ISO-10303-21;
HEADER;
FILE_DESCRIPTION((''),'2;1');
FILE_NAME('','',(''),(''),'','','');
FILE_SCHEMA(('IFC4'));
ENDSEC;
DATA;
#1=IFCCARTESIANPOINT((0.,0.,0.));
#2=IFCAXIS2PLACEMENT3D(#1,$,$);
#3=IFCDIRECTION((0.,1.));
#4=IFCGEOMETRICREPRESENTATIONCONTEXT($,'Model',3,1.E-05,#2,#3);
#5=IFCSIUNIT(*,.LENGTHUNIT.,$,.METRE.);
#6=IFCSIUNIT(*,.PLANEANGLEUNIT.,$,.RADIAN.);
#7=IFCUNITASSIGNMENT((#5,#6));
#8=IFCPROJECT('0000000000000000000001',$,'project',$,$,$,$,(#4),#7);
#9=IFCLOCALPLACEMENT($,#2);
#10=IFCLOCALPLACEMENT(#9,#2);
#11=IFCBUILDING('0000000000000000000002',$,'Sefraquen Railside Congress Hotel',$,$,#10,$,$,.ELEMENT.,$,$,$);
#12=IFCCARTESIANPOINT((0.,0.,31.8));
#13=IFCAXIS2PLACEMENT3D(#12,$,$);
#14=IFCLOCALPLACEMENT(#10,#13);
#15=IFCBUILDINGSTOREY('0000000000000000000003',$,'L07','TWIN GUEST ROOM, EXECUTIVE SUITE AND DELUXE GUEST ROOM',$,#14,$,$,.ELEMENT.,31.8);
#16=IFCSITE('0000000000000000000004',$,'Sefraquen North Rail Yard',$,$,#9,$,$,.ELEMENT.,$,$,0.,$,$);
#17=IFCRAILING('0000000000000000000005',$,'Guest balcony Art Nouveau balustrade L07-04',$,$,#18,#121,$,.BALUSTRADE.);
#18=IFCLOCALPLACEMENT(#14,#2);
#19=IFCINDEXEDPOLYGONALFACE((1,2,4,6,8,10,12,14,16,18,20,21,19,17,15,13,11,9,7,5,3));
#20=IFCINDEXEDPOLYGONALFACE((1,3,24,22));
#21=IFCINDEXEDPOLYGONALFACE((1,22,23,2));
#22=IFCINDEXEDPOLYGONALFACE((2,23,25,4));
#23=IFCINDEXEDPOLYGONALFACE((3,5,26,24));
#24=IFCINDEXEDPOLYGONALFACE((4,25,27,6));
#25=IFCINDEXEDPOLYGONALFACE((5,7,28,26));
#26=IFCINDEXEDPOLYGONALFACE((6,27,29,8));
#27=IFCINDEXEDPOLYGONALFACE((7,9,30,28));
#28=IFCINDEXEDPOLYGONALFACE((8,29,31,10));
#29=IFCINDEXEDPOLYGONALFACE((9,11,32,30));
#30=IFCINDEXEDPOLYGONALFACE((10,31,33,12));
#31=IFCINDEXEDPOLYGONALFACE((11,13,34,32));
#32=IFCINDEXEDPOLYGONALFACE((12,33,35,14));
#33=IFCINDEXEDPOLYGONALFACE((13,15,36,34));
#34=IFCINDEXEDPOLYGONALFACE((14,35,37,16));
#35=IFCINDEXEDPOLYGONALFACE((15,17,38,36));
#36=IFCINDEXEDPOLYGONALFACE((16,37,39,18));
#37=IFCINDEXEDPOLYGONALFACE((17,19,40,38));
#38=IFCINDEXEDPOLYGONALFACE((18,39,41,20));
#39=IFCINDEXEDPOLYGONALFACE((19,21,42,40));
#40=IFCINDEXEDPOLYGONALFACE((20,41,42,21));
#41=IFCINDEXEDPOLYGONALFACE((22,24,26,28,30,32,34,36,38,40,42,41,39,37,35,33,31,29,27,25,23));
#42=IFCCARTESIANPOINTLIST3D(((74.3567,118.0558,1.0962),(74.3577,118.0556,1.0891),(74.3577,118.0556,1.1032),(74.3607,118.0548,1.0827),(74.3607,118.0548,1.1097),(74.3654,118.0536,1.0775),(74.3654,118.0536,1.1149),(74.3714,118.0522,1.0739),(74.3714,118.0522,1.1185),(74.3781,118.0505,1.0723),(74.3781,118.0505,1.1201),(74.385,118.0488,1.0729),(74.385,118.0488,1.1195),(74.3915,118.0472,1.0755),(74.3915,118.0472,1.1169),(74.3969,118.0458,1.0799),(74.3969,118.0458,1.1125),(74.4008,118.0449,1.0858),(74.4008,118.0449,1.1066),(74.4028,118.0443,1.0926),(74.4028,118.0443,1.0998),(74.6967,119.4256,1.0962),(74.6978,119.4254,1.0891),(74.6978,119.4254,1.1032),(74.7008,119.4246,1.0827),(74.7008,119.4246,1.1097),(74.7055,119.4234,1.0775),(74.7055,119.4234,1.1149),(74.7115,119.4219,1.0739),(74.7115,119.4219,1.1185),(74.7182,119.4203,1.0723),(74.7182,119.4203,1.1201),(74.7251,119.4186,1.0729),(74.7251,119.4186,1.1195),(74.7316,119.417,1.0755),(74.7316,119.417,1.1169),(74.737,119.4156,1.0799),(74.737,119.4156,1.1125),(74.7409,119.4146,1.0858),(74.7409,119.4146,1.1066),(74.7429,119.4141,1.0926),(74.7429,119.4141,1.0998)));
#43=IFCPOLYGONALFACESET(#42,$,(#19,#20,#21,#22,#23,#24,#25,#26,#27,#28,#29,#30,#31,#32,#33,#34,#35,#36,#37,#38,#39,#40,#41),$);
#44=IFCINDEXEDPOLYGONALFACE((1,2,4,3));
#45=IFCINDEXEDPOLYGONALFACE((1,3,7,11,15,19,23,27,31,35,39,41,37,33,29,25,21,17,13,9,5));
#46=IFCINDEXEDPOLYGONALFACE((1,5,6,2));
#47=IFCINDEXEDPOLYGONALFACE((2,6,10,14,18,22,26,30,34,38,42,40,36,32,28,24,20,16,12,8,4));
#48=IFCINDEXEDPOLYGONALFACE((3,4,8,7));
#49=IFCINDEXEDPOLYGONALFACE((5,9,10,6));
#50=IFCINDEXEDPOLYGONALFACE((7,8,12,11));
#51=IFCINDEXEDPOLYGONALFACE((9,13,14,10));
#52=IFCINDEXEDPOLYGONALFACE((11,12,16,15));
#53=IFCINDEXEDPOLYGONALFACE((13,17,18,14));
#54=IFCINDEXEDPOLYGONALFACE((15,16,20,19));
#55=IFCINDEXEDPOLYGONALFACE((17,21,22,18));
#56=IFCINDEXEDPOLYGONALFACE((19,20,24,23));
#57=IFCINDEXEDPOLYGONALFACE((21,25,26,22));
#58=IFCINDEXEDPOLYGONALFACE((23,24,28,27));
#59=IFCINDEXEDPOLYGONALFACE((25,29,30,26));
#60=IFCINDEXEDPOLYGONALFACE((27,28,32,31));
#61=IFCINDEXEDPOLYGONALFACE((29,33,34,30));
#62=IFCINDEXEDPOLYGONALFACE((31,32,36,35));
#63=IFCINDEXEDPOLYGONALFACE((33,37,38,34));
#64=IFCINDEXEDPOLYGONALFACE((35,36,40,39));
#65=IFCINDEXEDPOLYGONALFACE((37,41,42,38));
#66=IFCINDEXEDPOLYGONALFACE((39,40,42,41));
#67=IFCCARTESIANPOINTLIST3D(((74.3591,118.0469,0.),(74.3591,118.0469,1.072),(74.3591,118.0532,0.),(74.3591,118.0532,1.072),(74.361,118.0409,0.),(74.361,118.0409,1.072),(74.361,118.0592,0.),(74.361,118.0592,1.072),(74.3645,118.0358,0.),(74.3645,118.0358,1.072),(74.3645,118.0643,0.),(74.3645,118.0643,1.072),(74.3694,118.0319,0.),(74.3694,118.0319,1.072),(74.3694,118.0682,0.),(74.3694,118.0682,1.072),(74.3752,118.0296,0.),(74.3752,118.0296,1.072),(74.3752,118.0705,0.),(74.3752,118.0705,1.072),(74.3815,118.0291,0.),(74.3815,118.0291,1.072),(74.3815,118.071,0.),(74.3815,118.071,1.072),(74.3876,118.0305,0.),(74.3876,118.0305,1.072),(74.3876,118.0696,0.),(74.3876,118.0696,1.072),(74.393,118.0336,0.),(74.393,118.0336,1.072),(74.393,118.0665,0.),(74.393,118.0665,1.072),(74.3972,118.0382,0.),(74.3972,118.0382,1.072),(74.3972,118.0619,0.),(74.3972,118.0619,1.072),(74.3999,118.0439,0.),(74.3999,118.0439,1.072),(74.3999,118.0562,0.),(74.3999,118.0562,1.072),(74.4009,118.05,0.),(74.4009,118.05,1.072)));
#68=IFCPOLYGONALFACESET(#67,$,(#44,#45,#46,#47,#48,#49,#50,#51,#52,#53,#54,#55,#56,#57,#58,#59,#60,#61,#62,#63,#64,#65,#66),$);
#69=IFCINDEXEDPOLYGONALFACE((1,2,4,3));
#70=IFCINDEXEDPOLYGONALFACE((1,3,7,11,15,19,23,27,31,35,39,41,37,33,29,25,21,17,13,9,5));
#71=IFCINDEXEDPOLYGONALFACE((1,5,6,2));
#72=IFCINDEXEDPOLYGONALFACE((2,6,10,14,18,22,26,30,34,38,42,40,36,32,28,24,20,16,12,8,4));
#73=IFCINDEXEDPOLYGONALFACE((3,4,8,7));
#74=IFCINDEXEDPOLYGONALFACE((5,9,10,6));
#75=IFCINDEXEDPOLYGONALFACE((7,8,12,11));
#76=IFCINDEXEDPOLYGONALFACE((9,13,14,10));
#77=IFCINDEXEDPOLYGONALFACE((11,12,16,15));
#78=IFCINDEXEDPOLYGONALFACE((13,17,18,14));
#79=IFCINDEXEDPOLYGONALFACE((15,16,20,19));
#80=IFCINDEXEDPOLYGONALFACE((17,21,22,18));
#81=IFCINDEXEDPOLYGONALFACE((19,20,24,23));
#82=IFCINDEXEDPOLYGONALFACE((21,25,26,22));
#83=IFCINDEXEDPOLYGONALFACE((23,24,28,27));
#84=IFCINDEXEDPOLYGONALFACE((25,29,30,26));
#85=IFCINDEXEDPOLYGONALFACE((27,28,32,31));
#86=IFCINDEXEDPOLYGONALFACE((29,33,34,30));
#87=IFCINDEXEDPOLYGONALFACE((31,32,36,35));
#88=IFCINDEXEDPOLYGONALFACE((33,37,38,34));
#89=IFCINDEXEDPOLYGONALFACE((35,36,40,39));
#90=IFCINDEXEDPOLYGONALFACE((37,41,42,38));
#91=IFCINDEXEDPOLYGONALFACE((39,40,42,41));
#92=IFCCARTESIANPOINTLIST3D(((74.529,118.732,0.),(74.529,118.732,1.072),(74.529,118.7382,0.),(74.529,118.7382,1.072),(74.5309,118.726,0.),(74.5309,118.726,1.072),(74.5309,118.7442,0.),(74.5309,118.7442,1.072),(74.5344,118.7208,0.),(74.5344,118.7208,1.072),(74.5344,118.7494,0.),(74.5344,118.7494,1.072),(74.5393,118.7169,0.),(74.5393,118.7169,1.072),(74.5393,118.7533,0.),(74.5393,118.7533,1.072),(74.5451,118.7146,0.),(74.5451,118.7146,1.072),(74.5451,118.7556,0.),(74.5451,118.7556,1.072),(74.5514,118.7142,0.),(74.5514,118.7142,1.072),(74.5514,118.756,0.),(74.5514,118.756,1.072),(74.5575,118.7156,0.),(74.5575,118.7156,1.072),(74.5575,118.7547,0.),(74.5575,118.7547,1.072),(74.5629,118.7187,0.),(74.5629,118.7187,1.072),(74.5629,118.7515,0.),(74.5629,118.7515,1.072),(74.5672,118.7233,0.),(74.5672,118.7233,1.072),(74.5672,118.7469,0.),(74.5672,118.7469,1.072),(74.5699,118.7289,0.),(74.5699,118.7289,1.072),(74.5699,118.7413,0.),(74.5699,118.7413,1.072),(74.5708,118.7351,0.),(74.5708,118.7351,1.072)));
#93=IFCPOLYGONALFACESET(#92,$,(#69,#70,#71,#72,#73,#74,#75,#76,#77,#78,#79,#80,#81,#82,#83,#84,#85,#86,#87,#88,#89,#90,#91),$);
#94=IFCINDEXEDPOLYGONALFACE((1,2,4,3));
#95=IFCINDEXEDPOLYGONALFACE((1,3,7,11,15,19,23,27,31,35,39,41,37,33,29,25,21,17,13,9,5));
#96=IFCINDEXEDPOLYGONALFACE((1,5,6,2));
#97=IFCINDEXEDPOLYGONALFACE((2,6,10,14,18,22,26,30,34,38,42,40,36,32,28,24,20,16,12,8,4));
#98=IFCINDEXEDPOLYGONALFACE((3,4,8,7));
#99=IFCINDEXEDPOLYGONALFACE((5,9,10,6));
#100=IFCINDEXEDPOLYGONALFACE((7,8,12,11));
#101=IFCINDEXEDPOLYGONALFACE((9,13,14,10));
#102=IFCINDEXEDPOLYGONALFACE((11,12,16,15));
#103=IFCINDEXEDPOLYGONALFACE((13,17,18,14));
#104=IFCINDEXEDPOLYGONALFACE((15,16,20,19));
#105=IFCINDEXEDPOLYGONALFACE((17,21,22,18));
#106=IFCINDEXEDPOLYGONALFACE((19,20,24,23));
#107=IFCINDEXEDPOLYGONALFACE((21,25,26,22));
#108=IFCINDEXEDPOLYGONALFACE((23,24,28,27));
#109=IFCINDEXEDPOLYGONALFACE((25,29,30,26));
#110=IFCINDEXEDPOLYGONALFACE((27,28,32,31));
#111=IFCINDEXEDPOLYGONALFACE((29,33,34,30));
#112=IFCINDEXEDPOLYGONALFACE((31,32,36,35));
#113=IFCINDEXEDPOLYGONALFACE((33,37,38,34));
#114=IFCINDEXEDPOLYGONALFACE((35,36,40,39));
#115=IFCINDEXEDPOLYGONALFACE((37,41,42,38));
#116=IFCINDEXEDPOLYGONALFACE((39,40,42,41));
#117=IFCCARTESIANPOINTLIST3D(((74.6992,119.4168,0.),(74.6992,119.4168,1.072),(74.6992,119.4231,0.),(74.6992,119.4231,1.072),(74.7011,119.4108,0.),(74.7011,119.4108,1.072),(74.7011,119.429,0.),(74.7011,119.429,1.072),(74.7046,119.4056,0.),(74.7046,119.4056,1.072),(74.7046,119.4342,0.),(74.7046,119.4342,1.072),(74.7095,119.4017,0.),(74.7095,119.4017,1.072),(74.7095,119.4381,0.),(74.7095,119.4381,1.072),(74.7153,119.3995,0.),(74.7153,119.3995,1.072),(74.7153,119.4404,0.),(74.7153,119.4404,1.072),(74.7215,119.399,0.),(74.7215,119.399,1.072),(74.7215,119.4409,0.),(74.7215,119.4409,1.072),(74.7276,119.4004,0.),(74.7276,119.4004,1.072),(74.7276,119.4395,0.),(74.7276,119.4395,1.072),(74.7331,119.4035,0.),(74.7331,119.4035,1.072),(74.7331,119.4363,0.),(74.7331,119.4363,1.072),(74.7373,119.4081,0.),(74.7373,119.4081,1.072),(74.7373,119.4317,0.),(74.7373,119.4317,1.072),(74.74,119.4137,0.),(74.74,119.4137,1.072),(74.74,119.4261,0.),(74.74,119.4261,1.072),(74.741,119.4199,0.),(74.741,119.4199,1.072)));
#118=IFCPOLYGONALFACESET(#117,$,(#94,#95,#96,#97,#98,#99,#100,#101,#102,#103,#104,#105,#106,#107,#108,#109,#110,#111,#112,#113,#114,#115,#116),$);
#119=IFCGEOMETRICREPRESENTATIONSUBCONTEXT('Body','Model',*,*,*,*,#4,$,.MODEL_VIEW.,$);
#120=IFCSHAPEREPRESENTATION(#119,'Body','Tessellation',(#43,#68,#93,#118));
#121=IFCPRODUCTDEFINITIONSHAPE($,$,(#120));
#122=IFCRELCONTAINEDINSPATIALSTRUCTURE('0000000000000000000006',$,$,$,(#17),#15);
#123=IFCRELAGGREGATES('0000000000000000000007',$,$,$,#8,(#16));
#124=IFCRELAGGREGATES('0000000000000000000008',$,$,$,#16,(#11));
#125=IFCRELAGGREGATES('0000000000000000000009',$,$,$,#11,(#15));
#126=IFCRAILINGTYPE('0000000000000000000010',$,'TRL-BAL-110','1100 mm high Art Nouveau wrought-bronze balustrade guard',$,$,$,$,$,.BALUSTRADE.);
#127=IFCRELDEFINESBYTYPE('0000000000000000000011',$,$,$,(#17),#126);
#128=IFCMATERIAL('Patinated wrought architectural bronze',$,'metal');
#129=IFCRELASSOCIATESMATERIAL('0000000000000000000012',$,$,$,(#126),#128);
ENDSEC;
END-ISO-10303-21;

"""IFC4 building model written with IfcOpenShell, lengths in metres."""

from ifc_helpers import new_model, si_unit, direction, frame, origin, origin_2d, place, context, subcontext, project, spatial, circle, extrude, material, type_object, element, save


model = new_model("IFC4")

# Units and contexts
model_context = context("Model", 3, precision=1e-05, world=origin(), true_north=direction((0.0, 1.0)))
body_context = subcontext(model_context, "Body", "Model", "MODEL_VIEW")
ifc_project = project(units=[si_unit("LENGTHUNIT", "METRE"), si_unit("PLANEANGLEUNIT", "RADIAN")], contexts=[model_context])

# Site, building, storey
site_placement = place(None, origin())
site = spatial("IfcSite", under=ifc_project, at=site_placement, Name="Sefraquen North Rail Yard", CompositionType="ELEMENT", RefElevation=0.0)
building_placement = place(site_placement, origin())
building = spatial("IfcBuilding", under=site, at=building_placement, Name="Sefraquen Railside Congress Hotel", CompositionType="ELEMENT")
storey_placement = place(building_placement, frame((0.0, 0.0, 31.8)))
storey = spatial("IfcBuildingStorey", under=building, at=storey_placement, Name="L07", Description="TWIN GUEST ROOM, EXECUTIVE SUITE AND DELUXE GUEST ROOM", CompositionType="ELEMENT", Elevation=31.8)

# Railing
ifc_material_1 = material(Name="Patinated wrought architectural bronze", Category="metal")
railing_type_1 = type_object("IfcRailingType", Name="TRL-BAL-110", Description="1100 mm high Art Nouveau wrought-bronze balustrade guard", PredefinedType="BALUSTRADE", material=ifc_material_1)
railing_1_placement = place(storey_placement, frame((74.3799, 118.05, 0.0)))
element("IfcRailing", 1, at=railing_1_placement, inside=storey, type_object=railing_type_1, Name="Guest balcony Art Nouveau balustrade L07-04", PredefinedType="BALUSTRADE", context=body_context, shape_type="SweptSolid", body=[
    extrude(circle(Radius=0.0239, at=origin_2d()), frame((0.0, 0.0, 1.0962), z_axis=(0.240948, 0.970538, 0.0), x_axis=(-0.970538, 0.240948, 0.0)), (0.0, 0.0, 1.0), 1.4114),
    extrude(circle(Radius=0.021, at=origin_2d()), origin(), (0.0, 0.0, 1.0), 1.072),
    extrude(circle(Radius=0.021, at=origin_2d()), frame((0.1699, 0.6851, 0.0)), (0.0, 0.0, 1.0), 1.072),
    extrude(circle(Radius=0.021, at=origin_2d()), frame((0.3401, 1.3699, 0.0)), (0.0, 0.0, 1.0), 1.072),
])

save(model, "model.ifc")
